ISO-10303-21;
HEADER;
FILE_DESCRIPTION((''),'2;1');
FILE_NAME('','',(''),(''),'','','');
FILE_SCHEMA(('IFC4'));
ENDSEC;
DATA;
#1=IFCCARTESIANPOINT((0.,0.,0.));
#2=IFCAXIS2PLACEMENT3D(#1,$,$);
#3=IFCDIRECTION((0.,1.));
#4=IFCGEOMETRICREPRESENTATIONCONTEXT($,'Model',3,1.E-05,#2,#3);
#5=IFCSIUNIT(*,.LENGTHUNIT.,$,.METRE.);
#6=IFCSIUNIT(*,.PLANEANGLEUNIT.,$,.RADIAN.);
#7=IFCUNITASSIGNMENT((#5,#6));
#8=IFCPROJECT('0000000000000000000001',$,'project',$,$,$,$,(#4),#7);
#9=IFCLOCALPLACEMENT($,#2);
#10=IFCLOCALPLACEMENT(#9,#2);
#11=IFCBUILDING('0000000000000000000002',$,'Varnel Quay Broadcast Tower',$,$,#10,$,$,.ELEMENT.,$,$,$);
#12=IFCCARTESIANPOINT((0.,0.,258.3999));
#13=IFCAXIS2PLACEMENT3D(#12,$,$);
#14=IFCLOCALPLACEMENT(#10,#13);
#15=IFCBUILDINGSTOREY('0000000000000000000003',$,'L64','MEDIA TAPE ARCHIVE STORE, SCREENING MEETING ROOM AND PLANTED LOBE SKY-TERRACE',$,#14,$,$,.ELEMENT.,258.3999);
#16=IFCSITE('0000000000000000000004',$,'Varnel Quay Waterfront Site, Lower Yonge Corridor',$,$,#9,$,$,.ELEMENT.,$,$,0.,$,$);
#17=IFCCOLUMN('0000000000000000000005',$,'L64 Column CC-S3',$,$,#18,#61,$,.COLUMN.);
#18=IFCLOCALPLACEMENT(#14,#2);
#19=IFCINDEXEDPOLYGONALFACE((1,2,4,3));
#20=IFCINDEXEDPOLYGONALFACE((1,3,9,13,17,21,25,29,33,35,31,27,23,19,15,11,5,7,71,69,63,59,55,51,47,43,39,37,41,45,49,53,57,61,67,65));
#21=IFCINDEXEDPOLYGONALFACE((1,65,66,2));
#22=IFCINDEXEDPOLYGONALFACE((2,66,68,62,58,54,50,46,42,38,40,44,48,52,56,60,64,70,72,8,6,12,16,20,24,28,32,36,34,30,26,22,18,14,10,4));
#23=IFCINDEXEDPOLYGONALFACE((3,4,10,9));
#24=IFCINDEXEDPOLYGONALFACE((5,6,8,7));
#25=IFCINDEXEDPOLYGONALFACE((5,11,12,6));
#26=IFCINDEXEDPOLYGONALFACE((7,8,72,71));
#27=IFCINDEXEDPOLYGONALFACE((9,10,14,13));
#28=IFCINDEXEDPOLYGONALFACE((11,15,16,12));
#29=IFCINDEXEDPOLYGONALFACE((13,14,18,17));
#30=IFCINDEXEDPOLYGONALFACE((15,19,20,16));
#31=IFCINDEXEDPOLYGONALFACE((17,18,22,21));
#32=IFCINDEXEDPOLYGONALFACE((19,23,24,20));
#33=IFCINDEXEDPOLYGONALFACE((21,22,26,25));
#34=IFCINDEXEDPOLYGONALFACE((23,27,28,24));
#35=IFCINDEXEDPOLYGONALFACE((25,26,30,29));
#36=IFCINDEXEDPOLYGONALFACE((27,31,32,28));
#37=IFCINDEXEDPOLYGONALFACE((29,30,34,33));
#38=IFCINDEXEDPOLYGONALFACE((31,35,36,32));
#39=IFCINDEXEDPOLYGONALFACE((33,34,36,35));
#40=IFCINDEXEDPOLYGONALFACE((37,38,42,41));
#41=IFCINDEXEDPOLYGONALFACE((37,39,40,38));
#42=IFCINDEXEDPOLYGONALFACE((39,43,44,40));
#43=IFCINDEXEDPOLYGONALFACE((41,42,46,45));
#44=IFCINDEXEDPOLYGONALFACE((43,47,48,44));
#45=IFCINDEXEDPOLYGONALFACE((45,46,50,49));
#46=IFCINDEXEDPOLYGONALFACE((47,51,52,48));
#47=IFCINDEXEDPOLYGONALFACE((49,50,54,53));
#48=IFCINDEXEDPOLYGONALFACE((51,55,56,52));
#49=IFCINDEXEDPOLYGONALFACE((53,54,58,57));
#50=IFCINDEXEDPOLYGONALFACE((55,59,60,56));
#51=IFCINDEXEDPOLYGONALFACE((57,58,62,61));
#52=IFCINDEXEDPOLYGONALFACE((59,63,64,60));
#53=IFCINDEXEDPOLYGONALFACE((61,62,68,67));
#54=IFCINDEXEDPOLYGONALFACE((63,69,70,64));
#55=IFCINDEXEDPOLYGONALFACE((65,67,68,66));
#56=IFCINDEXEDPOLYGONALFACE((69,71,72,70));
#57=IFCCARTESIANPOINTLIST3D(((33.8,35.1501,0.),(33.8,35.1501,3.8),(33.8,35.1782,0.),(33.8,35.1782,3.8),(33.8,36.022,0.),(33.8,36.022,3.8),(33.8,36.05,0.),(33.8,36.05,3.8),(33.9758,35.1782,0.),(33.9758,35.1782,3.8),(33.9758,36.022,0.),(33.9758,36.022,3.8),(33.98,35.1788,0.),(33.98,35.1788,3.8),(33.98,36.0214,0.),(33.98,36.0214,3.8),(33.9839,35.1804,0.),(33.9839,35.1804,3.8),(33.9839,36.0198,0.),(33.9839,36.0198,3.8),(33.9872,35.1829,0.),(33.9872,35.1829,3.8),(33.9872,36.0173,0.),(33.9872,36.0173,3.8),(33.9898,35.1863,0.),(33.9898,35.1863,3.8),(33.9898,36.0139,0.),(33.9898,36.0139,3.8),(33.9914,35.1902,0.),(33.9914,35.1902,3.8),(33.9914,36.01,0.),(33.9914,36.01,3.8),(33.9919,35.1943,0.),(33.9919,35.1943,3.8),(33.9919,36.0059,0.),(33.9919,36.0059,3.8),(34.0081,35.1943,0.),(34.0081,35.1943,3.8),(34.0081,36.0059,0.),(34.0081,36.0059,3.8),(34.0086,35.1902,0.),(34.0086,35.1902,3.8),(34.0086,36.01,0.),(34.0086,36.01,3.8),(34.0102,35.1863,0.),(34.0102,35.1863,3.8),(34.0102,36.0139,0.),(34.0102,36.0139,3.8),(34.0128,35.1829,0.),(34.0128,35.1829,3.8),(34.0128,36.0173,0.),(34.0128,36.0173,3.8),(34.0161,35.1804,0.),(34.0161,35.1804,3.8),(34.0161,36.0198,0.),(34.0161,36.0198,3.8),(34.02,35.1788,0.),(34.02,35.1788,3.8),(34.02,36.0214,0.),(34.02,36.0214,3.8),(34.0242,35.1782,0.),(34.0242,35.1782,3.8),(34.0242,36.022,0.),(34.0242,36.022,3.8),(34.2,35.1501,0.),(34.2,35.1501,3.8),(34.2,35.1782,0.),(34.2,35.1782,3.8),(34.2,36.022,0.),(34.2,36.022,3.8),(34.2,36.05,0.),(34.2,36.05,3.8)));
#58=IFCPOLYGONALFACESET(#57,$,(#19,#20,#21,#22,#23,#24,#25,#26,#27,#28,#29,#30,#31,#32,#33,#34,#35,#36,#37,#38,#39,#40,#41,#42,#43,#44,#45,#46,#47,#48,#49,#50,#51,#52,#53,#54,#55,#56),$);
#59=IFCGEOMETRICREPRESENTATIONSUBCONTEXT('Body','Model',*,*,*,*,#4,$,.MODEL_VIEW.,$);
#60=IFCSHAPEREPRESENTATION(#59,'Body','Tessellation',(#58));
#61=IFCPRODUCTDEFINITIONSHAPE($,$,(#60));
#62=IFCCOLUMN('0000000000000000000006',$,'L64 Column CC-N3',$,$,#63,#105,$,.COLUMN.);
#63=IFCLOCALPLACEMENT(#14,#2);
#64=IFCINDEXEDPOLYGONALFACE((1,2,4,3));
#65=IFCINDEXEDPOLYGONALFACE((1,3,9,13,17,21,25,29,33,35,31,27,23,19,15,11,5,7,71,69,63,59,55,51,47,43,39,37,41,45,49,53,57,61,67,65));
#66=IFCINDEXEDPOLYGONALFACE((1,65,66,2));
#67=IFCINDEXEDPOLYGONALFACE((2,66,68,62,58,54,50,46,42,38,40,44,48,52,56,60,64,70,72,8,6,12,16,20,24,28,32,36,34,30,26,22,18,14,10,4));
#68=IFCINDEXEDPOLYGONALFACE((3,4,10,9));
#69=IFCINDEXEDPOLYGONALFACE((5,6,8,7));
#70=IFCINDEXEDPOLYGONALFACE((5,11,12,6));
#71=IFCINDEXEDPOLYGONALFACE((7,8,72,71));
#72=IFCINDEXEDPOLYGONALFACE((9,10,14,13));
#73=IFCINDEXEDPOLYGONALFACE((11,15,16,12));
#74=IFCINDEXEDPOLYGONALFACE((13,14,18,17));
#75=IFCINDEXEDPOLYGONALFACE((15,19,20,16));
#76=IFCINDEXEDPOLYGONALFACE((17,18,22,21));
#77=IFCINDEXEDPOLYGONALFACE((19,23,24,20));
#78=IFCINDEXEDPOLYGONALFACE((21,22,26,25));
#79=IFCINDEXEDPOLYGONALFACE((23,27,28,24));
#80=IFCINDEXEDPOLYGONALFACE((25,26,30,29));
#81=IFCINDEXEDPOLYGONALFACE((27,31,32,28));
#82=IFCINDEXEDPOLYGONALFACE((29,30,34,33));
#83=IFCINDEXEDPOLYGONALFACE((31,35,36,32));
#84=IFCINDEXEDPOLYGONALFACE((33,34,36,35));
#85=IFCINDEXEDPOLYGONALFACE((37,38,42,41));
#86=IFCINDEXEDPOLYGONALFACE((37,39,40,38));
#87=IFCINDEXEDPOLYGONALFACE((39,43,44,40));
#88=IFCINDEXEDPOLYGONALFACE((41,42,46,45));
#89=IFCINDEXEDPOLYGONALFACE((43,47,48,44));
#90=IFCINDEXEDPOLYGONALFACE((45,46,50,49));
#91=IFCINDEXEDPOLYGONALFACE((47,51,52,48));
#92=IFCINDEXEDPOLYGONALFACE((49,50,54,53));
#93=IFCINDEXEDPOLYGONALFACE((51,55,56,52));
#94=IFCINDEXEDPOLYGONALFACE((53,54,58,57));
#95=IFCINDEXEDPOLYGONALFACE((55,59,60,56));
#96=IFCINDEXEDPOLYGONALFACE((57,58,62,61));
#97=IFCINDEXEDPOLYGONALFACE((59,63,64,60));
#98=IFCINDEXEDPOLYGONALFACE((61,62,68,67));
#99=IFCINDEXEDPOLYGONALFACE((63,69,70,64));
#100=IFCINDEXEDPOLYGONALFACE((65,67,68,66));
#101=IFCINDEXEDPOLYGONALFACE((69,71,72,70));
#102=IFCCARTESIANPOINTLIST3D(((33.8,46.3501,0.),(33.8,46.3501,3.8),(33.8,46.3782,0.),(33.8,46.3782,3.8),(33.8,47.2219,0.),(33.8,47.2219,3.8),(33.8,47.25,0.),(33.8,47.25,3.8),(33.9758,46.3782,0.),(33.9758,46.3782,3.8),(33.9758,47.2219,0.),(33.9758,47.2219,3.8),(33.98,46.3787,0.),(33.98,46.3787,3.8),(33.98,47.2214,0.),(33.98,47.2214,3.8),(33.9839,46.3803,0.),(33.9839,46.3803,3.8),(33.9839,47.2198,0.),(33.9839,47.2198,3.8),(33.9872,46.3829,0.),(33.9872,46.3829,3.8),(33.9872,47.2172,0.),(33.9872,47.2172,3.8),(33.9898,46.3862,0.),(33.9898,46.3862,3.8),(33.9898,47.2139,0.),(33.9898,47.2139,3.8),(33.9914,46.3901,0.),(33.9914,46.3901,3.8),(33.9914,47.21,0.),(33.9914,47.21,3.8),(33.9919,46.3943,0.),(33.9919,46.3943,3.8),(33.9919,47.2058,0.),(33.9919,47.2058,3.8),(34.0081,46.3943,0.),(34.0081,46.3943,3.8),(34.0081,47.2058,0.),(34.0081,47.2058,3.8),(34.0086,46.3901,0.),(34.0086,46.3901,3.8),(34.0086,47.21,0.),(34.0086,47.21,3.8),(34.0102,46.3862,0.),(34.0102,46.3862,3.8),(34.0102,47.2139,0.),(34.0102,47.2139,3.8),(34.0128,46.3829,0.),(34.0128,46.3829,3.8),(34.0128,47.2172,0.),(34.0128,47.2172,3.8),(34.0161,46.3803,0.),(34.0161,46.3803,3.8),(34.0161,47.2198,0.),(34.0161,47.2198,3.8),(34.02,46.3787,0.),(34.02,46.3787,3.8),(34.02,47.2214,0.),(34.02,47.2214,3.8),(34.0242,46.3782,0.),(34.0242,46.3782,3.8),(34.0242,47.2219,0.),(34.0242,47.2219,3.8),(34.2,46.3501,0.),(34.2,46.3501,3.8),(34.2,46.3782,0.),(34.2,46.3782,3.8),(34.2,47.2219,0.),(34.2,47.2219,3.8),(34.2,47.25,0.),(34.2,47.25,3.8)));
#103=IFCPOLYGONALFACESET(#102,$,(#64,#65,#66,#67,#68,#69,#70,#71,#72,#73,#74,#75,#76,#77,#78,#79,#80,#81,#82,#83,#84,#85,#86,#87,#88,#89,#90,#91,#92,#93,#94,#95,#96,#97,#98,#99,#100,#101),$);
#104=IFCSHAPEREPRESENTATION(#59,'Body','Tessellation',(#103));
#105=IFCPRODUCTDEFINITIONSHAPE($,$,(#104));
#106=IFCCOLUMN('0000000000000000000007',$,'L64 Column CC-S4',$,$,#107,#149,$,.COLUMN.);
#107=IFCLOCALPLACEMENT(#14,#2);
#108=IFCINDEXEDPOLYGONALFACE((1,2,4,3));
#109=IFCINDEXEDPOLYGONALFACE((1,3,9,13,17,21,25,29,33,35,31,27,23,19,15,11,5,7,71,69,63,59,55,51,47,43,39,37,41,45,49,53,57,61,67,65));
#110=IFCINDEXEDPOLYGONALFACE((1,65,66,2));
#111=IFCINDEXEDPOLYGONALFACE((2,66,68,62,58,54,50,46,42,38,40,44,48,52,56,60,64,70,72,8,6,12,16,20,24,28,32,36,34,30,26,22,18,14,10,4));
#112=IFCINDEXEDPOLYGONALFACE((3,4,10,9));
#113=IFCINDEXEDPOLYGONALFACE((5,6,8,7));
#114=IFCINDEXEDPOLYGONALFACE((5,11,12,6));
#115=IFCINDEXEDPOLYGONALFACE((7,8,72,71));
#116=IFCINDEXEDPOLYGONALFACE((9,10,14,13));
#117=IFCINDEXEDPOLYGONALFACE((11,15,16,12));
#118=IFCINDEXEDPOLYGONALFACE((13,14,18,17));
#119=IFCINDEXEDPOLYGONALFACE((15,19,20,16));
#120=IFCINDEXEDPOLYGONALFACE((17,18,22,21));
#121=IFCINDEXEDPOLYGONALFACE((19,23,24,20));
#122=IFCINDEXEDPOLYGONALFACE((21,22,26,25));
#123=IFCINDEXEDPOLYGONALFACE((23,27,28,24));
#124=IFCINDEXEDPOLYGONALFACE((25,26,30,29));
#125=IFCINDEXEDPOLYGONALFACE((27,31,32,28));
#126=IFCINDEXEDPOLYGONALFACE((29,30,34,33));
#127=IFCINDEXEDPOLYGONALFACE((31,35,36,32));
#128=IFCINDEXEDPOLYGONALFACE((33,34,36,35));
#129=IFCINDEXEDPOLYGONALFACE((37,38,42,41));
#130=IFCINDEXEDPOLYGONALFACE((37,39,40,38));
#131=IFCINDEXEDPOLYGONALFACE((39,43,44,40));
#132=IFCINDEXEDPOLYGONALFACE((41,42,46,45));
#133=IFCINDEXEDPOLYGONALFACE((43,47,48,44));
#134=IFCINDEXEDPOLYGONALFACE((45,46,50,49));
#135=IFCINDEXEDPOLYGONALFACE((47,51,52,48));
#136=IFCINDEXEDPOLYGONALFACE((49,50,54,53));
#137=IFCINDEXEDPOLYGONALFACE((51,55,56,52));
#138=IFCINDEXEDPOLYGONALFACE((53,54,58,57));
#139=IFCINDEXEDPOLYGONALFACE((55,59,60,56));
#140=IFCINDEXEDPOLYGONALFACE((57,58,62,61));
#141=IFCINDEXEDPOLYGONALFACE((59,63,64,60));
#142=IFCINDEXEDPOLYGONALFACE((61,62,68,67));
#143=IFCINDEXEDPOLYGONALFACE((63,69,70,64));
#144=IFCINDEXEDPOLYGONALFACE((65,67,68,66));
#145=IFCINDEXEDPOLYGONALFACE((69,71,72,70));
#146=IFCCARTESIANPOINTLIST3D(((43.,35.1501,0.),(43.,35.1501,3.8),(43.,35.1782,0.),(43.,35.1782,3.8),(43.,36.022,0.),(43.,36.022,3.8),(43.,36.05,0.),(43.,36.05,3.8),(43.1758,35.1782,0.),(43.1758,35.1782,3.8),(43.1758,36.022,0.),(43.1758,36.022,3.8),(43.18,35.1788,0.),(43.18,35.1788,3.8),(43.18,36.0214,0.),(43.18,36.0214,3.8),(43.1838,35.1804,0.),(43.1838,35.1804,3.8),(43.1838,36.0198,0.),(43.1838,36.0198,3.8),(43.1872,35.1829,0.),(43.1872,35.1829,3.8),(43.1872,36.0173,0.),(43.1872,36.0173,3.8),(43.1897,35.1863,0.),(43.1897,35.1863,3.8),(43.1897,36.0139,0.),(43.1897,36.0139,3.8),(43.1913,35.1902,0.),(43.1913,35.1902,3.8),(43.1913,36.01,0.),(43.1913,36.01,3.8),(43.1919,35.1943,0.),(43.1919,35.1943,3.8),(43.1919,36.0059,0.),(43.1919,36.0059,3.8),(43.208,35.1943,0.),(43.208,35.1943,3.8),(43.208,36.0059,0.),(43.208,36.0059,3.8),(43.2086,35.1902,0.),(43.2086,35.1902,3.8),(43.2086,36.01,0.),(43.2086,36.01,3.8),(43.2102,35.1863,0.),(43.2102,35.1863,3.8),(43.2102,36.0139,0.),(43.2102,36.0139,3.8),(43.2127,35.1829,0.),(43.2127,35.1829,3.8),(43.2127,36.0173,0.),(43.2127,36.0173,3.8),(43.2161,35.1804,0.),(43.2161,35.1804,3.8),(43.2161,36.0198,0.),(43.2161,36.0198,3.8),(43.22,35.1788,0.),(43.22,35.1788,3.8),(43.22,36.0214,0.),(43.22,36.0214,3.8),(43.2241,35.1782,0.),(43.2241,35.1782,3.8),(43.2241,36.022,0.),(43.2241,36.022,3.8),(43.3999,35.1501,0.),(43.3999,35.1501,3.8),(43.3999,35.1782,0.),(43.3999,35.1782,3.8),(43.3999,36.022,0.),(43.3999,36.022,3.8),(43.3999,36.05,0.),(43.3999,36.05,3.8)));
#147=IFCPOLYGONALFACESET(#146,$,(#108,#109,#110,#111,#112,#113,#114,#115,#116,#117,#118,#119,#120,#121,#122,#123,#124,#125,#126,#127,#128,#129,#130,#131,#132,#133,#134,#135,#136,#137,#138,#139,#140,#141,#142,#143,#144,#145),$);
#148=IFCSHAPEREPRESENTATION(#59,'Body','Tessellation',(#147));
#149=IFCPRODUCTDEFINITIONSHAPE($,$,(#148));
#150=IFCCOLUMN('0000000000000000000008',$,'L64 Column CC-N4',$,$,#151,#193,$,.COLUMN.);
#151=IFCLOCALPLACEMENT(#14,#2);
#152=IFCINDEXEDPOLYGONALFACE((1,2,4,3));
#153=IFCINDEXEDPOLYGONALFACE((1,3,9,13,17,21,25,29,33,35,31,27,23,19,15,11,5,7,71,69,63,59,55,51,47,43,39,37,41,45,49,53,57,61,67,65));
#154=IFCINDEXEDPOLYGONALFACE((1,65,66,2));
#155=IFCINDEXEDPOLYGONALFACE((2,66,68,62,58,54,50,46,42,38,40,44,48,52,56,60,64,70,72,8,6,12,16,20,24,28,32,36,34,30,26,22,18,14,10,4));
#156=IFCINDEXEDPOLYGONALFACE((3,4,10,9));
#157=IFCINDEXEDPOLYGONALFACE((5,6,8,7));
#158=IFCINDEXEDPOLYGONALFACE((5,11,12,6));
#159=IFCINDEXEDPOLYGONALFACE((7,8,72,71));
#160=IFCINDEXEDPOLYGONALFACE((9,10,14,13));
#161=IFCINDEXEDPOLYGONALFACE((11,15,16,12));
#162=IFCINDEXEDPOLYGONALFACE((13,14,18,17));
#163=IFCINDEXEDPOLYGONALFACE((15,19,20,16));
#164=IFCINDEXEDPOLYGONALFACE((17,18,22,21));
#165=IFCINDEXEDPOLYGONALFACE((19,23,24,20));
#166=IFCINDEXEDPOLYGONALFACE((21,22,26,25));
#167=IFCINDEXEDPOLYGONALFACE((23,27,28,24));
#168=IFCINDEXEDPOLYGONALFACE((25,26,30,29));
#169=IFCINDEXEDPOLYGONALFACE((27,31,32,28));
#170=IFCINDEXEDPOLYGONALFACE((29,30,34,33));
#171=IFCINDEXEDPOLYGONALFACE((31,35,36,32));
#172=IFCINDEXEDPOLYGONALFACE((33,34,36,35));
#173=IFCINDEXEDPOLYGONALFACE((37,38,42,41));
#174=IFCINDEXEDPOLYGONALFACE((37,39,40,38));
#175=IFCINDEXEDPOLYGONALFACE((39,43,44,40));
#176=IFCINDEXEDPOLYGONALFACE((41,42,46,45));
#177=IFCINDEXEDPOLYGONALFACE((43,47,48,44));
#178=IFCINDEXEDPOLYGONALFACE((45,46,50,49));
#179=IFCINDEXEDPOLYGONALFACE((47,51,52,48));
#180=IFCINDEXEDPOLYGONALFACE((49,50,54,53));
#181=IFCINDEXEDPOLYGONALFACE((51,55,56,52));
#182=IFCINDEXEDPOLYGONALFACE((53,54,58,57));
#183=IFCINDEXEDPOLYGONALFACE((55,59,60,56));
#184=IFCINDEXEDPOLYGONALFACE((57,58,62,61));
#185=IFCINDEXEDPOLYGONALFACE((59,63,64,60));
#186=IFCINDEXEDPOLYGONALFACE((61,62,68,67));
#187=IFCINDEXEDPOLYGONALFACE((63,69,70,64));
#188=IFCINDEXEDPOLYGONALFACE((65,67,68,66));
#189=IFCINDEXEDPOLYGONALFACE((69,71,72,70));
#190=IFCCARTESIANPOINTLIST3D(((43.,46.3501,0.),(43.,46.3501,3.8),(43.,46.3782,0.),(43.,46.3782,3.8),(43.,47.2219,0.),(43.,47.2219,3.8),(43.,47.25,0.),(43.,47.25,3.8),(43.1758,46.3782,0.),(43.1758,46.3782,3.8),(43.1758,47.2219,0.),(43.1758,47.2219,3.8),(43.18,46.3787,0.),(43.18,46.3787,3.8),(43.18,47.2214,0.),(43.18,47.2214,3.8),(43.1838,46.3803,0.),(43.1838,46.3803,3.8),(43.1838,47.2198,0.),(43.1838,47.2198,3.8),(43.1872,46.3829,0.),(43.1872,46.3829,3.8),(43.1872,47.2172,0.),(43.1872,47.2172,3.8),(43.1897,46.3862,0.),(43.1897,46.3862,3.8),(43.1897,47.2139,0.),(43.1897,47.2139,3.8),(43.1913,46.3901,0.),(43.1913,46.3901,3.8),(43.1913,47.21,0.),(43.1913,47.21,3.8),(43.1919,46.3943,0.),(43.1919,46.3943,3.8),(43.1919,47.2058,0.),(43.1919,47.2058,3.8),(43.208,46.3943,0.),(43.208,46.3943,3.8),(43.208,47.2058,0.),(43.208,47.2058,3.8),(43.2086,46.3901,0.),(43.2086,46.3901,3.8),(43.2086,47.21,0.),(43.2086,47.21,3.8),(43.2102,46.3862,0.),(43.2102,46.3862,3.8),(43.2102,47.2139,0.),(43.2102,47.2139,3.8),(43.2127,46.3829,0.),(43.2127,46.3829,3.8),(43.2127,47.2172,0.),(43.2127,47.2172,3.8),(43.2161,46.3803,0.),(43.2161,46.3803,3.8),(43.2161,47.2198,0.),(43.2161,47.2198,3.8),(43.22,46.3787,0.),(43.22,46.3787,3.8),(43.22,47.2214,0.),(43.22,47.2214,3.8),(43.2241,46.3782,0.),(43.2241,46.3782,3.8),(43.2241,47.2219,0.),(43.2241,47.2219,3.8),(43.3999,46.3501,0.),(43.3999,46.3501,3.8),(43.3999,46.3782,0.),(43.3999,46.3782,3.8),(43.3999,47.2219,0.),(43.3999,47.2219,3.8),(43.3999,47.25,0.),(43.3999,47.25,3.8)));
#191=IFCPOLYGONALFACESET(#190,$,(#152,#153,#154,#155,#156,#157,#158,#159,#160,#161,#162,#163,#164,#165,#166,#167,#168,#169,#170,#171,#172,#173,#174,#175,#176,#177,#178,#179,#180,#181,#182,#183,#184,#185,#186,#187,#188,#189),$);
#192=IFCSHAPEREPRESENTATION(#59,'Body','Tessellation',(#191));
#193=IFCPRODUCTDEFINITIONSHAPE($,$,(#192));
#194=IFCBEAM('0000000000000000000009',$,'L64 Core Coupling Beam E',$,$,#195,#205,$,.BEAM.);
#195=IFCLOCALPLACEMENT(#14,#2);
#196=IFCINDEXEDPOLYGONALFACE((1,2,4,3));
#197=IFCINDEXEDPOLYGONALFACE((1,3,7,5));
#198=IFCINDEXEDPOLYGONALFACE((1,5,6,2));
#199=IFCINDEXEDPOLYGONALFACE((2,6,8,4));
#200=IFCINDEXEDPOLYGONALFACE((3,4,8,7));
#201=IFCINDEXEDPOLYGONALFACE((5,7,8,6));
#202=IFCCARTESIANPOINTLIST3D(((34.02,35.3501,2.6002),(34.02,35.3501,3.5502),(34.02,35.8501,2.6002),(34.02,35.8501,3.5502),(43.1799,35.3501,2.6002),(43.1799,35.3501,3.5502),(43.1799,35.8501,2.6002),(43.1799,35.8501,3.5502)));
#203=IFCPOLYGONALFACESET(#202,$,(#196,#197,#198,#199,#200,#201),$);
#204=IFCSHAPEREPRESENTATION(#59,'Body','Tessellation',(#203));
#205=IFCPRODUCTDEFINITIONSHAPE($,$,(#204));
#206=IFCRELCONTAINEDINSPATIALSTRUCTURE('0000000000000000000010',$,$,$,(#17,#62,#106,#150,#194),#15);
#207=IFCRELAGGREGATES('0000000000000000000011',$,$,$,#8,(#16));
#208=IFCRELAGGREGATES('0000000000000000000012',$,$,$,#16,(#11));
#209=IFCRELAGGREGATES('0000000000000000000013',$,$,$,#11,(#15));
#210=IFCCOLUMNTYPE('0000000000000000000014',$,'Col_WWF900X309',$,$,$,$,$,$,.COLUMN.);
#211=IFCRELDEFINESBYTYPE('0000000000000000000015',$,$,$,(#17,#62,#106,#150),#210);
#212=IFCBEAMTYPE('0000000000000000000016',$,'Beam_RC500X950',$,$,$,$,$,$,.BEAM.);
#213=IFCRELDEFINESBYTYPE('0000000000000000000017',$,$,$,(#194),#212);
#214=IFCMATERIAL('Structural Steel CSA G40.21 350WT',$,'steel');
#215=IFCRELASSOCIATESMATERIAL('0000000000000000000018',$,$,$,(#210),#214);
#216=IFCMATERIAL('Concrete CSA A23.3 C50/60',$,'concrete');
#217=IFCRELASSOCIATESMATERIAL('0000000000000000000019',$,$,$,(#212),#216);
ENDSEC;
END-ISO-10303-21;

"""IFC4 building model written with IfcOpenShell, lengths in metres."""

from ifc_helpers import new_model, si_unit, direction, frame, origin, origin_2d, place, context, subcontext, project, spatial, rectangle, i_section, extrude, source, transform, mapped, material, material_profile, profile_set, type_object, type_shapes, element, save


model = new_model("IFC4")

# Units and contexts
model_context = context("Model", 3, precision=1e-05, world=origin(), true_north=direction((0.0, 1.0)))
body_context = subcontext(model_context, "Body", "Model", "MODEL_VIEW")
ifc_project = project(units=[si_unit("LENGTHUNIT", "METRE"), si_unit("PLANEANGLEUNIT", "RADIAN")], contexts=[model_context])

# Site, building, storey
site_placement = place(None, origin())
site = spatial("IfcSite", under=ifc_project, at=site_placement, Name="Varnel Quay Waterfront Site, Lower Yonge Corridor", CompositionType="ELEMENT", RefElevation=0.0)
building_placement = place(site_placement, origin())
building = spatial("IfcBuilding", under=site, at=building_placement, Name="Varnel Quay Broadcast Tower", CompositionType="ELEMENT")
storey_placement = place(building_placement, frame((0.0, 0.0, 258.3999)))
storey = spatial("IfcBuildingStorey", under=building, at=storey_placement, Name="L64", Description="MEDIA TAPE ARCHIVE STORE, SCREENING MEETING ROOM AND PLANTED LOBE SKY-TERRACE", CompositionType="ELEMENT", Elevation=258.3999)

# Columns
ifc_material_1 = material(Name="Structural Steel CSA G40.21 350WT", Category="steel")
ifc_material_profile_1 = material_profile(ifc_material_1, i_section(OverallWidth=0.3999, OverallDepth=0.8999, WebThickness=0.0161, FlangeThickness=0.0281, FilletRadius=0.0161, at=origin_2d()), Name="WWF900X309")
ifc_profile_set_1 = profile_set([ifc_material_profile_1], Name="Structural Steel CSA G40.21 350WT")
column_type = type_object("IfcColumnType", Name="Col_WWF900X309", PredefinedType="COLUMN", material=ifc_profile_set_1)
shared_shape_1 = source(origin(), body_context, "Body", "SweptSolid", [
    extrude(i_section(OverallWidth=0.3999, OverallDepth=0.8999, WebThickness=0.0161, FlangeThickness=0.0281, FilletRadius=0.0161, at=origin_2d()), origin(), (0.0, 0.0, 1.0), 3.8),
])
type_shapes(column_type, [shared_shape_1])
for number, where, z_axis, x_axis, name in (
    (1, (34.0, 35.6001, 0.0), (0.0, 0.0, 1.0), (1.0, 0.0, 0.0), "L64 Column CC-S3"),
    (2, (34.0, 46.8, 0.0), (0.0, 0.0, 1.0), (1.0, 0.0, 0.0), "L64 Column CC-N3"),
    (3, (43.2, 35.6001, 0.0), (0.0, 0.0, 1.0), (1.0, 0.0, 0.0), "L64 Column CC-S4"),
    (4, (43.2, 46.8, 0.0), (0.0, 0.0, 1.0), (1.0, 0.0, 0.0), "L64 Column CC-N4"),
):
    element("IfcColumn", number, at=place(storey_placement, frame(where, z_axis=z_axis, x_axis=x_axis)), inside=storey, type_object=column_type, Name=name, PredefinedType="COLUMN", context=body_context, shape_type="MappedRepresentation", body=[
        mapped(shared_shape_1, transform((0.0, 0.0, 0.0), x_axis=(1.0, 0.0, 0.0), y_axis=(0.0, 1.0, 0.0), z_axis=(0.0, 0.0, 1.0), scale=1.0)),
    ])

# Beam
ifc_material_2 = material(Name="Concrete CSA A23.3 C50/60", Category="concrete")
ifc_material_profile_2 = material_profile(ifc_material_2, rectangle(XDim=0.5, YDim=0.95, at=origin_2d()), Name="RC500X950")
ifc_profile_set_2 = profile_set([ifc_material_profile_2], Name="Concrete CSA A23.3 C50/60")
beam_type_1 = type_object("IfcBeamType", Name="Beam_RC500X950", PredefinedType="BEAM", material=ifc_profile_set_2)
shared_shape_2 = source(origin(), body_context, "Body", "SweptSolid", [
    extrude(rectangle(XDim=0.5, YDim=0.95, at=origin_2d()), origin(), (0.0, 0.0, 1.0), 9.1599),
])
type_shapes(beam_type_1, [shared_shape_2])
beam_1_placement = place(storey_placement, frame((34.02, 35.6001, 3.0752), z_axis=(1.0, 0.0, 0.0), x_axis=(0.0, 1.0, 0.0)))
element("IfcBeam", 5, at=beam_1_placement, inside=storey, type_object=beam_type_1, Name="L64 Core Coupling Beam E", PredefinedType="BEAM", context=body_context, shape_type="MappedRepresentation", body=[
    mapped(shared_shape_2, transform((0.0, 0.0, 0.0), x_axis=(1.0, 0.0, 0.0), y_axis=(0.0, 1.0, 0.0), z_axis=(0.0, 0.0, 1.0), scale=1.0)),
])

save(model, "model.ifc")
